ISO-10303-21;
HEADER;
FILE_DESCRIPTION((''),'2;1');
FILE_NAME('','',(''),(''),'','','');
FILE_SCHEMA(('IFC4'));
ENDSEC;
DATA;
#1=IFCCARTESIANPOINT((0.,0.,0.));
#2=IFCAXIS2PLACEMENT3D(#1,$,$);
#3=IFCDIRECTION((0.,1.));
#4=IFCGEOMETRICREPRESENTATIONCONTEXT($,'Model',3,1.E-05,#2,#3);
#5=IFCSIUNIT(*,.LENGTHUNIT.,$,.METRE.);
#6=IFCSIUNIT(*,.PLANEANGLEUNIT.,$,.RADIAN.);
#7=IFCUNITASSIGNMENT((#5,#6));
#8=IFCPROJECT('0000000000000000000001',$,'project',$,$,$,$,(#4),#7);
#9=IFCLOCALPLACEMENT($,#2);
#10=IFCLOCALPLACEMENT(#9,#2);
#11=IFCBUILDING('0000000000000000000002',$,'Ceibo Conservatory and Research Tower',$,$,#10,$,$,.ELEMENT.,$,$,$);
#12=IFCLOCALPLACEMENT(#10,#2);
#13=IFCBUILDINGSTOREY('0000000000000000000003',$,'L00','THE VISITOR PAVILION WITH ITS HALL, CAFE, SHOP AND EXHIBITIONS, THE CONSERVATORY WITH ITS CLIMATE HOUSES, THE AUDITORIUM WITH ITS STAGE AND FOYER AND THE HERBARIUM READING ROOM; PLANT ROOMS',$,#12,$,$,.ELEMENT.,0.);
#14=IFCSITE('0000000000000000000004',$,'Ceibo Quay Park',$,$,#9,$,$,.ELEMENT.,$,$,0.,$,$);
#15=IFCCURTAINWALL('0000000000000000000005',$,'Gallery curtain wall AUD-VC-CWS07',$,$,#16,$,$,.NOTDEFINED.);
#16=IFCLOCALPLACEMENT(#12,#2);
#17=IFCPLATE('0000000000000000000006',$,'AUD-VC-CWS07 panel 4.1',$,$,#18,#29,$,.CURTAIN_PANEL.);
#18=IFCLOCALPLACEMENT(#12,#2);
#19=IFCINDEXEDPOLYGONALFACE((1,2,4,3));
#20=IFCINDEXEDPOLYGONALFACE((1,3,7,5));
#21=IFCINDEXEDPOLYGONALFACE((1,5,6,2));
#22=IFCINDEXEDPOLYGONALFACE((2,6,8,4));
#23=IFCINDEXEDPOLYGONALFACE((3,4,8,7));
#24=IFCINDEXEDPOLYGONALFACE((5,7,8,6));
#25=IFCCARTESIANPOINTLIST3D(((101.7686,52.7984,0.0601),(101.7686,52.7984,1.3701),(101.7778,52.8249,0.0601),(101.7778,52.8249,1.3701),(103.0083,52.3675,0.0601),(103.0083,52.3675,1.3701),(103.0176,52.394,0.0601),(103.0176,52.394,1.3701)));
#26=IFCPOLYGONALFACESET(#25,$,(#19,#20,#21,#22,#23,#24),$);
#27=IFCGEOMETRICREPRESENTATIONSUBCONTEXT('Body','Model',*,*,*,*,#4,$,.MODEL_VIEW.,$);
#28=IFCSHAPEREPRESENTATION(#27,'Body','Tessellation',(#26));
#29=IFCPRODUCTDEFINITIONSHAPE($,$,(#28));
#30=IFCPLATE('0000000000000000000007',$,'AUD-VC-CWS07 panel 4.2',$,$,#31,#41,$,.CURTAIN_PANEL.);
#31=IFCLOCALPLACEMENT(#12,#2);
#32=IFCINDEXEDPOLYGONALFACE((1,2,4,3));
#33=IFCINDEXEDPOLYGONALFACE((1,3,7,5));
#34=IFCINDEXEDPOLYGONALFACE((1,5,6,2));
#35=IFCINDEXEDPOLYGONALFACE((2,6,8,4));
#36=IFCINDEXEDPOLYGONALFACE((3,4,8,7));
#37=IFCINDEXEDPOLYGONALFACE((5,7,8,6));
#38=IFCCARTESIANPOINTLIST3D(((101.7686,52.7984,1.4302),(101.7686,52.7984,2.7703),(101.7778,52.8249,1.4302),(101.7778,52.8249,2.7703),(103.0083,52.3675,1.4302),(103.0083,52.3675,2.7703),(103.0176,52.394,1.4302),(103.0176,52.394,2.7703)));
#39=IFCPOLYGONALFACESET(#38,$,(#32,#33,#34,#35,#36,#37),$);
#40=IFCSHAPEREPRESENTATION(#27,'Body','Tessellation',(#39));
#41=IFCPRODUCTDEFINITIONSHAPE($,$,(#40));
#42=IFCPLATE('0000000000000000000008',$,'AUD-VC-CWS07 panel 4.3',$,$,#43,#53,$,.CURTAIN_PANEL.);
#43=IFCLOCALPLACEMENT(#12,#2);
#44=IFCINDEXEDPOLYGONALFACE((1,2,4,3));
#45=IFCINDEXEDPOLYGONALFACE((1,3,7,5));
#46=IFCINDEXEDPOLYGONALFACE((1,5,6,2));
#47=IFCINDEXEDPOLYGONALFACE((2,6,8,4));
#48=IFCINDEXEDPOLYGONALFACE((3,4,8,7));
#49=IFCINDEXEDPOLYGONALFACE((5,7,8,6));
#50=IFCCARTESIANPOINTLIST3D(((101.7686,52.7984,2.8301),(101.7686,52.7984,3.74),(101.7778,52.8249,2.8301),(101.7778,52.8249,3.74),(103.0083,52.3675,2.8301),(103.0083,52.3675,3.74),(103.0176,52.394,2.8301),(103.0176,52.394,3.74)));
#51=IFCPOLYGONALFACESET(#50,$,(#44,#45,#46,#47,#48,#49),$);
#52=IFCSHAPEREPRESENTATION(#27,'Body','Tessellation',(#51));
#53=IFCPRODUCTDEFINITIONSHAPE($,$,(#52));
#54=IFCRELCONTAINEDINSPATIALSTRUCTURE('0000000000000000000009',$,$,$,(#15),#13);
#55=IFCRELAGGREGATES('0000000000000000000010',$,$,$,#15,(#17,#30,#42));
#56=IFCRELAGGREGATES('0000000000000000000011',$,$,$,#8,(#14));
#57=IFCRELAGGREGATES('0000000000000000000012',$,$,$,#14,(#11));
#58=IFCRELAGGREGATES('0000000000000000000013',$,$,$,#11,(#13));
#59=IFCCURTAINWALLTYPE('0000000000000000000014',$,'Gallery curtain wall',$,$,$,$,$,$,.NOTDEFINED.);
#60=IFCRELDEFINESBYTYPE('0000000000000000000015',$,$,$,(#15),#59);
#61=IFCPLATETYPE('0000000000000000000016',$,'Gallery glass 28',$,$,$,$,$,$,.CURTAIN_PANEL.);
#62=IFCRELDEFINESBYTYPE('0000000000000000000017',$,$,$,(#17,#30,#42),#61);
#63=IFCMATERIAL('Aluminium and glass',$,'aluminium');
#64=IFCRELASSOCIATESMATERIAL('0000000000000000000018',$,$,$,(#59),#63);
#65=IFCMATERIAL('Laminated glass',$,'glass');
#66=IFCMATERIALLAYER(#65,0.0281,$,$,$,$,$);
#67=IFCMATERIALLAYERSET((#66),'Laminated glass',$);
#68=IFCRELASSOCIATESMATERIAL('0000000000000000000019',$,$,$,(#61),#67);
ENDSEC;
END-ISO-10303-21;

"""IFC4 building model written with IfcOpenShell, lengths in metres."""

from ifc_helpers import new_model, si_unit, direction, frame, origin, origin_2d, place, context, subcontext, project, spatial, rectangle, extrude, material, layer, layer_set, type_object, element, aggregate, save


model = new_model("IFC4")

# Units and contexts
model_context = context("Model", 3, precision=1e-05, world=origin(), true_north=direction((0.0, 1.0)))
body_context = subcontext(model_context, "Body", "Model", "MODEL_VIEW")
ifc_project = project(units=[si_unit("LENGTHUNIT", "METRE"), si_unit("PLANEANGLEUNIT", "RADIAN")], contexts=[model_context])

# Site, building, storey
site_placement = place(None, origin())
site = spatial("IfcSite", under=ifc_project, at=site_placement, Name="Ceibo Quay Park", CompositionType="ELEMENT", RefElevation=0.0)
building_placement = place(site_placement, origin())
building = spatial("IfcBuilding", under=site, at=building_placement, Name="Ceibo Conservatory and Research Tower", CompositionType="ELEMENT")
storey_placement = place(building_placement, origin())
storey = spatial("IfcBuildingStorey", under=building, at=storey_placement, Name="L00", Description="THE VISITOR PAVILION WITH ITS HALL, CAFE, SHOP AND EXHIBITIONS, THE CONSERVATORY WITH ITS CLIMATE HOUSES, THE AUDITORIUM WITH ITS STAGE AND FOYER AND THE HERBARIUM READING ROOM; PLANT ROOMS", CompositionType="ELEMENT", Elevation=0.0)

# Curtain wall, plates
ifc_material_1 = material(Name="Aluminium and glass", Category="aluminium")
curtain_wall_type = type_object("IfcCurtainWallType", Name="Gallery curtain wall", PredefinedType="NOTDEFINED", material=ifc_material_1)
curtain_wall_placement = place(storey_placement, origin())
curtain_wall = element("IfcCurtainWall", 1, at=curtain_wall_placement, inside=storey, type_object=curtain_wall_type, Name="Gallery curtain wall AUD-VC-CWS07", PredefinedType="NOTDEFINED")
ifc_material_2 = material(Name="Laminated glass", Category="glass")
ifc_layer = layer(ifc_material_2, 0.0281)
ifc_layer_set = layer_set([ifc_layer], Name="Laminated glass")
plate_type = type_object("IfcPlateType", Name="Gallery glass 28", PredefinedType="CURTAIN_PANEL", material=ifc_layer_set)
plate_1_placement = place(storey_placement, frame((102.3931, 52.5962, 0.0601), z_axis=(0.0, 0.0, 1.0), x_axis=(0.944579, -0.328284, 0.0)))
plate_1 = element("IfcPlate", 2, at=plate_1_placement, type_object=plate_type, Name="AUD-VC-CWS07 panel 4.1", PredefinedType="CURTAIN_PANEL", context=body_context, shape_type="SweptSolid", body=[
    extrude(rectangle(XDim=1.3125, YDim=0.0281, at=origin_2d()), origin(), (0.0, 0.0, 1.0), 1.3101),
])
plate_2_placement = place(storey_placement, frame((102.3931, 52.5962, 1.4302), z_axis=(0.0, 0.0, 1.0), x_axis=(0.944579, -0.328284, 0.0)))
plate_2 = element("IfcPlate", 3, at=plate_2_placement, type_object=plate_type, Name="AUD-VC-CWS07 panel 4.2", PredefinedType="CURTAIN_PANEL", context=body_context, shape_type="SweptSolid", body=[
    extrude(rectangle(XDim=1.3125, YDim=0.0281, at=origin_2d()), origin(), (0.0, 0.0, 1.0), 1.3401),
])
plate_3_placement = place(storey_placement, frame((102.3931, 52.5962, 2.8301), z_axis=(0.0, 0.0, 1.0), x_axis=(0.944579, -0.328284, 0.0)))
plate_3 = element("IfcPlate", 4, at=plate_3_placement, type_object=plate_type, Name="AUD-VC-CWS07 panel 4.3", PredefinedType="CURTAIN_PANEL", context=body_context, shape_type="SweptSolid", body=[
    extrude(rectangle(XDim=1.3125, YDim=0.0281, at=origin_2d()), origin(), (0.0, 0.0, 1.0), 0.9099),
])
aggregate(curtain_wall, [plate_1, plate_2, plate_3])

save(model, "model.ifc")
